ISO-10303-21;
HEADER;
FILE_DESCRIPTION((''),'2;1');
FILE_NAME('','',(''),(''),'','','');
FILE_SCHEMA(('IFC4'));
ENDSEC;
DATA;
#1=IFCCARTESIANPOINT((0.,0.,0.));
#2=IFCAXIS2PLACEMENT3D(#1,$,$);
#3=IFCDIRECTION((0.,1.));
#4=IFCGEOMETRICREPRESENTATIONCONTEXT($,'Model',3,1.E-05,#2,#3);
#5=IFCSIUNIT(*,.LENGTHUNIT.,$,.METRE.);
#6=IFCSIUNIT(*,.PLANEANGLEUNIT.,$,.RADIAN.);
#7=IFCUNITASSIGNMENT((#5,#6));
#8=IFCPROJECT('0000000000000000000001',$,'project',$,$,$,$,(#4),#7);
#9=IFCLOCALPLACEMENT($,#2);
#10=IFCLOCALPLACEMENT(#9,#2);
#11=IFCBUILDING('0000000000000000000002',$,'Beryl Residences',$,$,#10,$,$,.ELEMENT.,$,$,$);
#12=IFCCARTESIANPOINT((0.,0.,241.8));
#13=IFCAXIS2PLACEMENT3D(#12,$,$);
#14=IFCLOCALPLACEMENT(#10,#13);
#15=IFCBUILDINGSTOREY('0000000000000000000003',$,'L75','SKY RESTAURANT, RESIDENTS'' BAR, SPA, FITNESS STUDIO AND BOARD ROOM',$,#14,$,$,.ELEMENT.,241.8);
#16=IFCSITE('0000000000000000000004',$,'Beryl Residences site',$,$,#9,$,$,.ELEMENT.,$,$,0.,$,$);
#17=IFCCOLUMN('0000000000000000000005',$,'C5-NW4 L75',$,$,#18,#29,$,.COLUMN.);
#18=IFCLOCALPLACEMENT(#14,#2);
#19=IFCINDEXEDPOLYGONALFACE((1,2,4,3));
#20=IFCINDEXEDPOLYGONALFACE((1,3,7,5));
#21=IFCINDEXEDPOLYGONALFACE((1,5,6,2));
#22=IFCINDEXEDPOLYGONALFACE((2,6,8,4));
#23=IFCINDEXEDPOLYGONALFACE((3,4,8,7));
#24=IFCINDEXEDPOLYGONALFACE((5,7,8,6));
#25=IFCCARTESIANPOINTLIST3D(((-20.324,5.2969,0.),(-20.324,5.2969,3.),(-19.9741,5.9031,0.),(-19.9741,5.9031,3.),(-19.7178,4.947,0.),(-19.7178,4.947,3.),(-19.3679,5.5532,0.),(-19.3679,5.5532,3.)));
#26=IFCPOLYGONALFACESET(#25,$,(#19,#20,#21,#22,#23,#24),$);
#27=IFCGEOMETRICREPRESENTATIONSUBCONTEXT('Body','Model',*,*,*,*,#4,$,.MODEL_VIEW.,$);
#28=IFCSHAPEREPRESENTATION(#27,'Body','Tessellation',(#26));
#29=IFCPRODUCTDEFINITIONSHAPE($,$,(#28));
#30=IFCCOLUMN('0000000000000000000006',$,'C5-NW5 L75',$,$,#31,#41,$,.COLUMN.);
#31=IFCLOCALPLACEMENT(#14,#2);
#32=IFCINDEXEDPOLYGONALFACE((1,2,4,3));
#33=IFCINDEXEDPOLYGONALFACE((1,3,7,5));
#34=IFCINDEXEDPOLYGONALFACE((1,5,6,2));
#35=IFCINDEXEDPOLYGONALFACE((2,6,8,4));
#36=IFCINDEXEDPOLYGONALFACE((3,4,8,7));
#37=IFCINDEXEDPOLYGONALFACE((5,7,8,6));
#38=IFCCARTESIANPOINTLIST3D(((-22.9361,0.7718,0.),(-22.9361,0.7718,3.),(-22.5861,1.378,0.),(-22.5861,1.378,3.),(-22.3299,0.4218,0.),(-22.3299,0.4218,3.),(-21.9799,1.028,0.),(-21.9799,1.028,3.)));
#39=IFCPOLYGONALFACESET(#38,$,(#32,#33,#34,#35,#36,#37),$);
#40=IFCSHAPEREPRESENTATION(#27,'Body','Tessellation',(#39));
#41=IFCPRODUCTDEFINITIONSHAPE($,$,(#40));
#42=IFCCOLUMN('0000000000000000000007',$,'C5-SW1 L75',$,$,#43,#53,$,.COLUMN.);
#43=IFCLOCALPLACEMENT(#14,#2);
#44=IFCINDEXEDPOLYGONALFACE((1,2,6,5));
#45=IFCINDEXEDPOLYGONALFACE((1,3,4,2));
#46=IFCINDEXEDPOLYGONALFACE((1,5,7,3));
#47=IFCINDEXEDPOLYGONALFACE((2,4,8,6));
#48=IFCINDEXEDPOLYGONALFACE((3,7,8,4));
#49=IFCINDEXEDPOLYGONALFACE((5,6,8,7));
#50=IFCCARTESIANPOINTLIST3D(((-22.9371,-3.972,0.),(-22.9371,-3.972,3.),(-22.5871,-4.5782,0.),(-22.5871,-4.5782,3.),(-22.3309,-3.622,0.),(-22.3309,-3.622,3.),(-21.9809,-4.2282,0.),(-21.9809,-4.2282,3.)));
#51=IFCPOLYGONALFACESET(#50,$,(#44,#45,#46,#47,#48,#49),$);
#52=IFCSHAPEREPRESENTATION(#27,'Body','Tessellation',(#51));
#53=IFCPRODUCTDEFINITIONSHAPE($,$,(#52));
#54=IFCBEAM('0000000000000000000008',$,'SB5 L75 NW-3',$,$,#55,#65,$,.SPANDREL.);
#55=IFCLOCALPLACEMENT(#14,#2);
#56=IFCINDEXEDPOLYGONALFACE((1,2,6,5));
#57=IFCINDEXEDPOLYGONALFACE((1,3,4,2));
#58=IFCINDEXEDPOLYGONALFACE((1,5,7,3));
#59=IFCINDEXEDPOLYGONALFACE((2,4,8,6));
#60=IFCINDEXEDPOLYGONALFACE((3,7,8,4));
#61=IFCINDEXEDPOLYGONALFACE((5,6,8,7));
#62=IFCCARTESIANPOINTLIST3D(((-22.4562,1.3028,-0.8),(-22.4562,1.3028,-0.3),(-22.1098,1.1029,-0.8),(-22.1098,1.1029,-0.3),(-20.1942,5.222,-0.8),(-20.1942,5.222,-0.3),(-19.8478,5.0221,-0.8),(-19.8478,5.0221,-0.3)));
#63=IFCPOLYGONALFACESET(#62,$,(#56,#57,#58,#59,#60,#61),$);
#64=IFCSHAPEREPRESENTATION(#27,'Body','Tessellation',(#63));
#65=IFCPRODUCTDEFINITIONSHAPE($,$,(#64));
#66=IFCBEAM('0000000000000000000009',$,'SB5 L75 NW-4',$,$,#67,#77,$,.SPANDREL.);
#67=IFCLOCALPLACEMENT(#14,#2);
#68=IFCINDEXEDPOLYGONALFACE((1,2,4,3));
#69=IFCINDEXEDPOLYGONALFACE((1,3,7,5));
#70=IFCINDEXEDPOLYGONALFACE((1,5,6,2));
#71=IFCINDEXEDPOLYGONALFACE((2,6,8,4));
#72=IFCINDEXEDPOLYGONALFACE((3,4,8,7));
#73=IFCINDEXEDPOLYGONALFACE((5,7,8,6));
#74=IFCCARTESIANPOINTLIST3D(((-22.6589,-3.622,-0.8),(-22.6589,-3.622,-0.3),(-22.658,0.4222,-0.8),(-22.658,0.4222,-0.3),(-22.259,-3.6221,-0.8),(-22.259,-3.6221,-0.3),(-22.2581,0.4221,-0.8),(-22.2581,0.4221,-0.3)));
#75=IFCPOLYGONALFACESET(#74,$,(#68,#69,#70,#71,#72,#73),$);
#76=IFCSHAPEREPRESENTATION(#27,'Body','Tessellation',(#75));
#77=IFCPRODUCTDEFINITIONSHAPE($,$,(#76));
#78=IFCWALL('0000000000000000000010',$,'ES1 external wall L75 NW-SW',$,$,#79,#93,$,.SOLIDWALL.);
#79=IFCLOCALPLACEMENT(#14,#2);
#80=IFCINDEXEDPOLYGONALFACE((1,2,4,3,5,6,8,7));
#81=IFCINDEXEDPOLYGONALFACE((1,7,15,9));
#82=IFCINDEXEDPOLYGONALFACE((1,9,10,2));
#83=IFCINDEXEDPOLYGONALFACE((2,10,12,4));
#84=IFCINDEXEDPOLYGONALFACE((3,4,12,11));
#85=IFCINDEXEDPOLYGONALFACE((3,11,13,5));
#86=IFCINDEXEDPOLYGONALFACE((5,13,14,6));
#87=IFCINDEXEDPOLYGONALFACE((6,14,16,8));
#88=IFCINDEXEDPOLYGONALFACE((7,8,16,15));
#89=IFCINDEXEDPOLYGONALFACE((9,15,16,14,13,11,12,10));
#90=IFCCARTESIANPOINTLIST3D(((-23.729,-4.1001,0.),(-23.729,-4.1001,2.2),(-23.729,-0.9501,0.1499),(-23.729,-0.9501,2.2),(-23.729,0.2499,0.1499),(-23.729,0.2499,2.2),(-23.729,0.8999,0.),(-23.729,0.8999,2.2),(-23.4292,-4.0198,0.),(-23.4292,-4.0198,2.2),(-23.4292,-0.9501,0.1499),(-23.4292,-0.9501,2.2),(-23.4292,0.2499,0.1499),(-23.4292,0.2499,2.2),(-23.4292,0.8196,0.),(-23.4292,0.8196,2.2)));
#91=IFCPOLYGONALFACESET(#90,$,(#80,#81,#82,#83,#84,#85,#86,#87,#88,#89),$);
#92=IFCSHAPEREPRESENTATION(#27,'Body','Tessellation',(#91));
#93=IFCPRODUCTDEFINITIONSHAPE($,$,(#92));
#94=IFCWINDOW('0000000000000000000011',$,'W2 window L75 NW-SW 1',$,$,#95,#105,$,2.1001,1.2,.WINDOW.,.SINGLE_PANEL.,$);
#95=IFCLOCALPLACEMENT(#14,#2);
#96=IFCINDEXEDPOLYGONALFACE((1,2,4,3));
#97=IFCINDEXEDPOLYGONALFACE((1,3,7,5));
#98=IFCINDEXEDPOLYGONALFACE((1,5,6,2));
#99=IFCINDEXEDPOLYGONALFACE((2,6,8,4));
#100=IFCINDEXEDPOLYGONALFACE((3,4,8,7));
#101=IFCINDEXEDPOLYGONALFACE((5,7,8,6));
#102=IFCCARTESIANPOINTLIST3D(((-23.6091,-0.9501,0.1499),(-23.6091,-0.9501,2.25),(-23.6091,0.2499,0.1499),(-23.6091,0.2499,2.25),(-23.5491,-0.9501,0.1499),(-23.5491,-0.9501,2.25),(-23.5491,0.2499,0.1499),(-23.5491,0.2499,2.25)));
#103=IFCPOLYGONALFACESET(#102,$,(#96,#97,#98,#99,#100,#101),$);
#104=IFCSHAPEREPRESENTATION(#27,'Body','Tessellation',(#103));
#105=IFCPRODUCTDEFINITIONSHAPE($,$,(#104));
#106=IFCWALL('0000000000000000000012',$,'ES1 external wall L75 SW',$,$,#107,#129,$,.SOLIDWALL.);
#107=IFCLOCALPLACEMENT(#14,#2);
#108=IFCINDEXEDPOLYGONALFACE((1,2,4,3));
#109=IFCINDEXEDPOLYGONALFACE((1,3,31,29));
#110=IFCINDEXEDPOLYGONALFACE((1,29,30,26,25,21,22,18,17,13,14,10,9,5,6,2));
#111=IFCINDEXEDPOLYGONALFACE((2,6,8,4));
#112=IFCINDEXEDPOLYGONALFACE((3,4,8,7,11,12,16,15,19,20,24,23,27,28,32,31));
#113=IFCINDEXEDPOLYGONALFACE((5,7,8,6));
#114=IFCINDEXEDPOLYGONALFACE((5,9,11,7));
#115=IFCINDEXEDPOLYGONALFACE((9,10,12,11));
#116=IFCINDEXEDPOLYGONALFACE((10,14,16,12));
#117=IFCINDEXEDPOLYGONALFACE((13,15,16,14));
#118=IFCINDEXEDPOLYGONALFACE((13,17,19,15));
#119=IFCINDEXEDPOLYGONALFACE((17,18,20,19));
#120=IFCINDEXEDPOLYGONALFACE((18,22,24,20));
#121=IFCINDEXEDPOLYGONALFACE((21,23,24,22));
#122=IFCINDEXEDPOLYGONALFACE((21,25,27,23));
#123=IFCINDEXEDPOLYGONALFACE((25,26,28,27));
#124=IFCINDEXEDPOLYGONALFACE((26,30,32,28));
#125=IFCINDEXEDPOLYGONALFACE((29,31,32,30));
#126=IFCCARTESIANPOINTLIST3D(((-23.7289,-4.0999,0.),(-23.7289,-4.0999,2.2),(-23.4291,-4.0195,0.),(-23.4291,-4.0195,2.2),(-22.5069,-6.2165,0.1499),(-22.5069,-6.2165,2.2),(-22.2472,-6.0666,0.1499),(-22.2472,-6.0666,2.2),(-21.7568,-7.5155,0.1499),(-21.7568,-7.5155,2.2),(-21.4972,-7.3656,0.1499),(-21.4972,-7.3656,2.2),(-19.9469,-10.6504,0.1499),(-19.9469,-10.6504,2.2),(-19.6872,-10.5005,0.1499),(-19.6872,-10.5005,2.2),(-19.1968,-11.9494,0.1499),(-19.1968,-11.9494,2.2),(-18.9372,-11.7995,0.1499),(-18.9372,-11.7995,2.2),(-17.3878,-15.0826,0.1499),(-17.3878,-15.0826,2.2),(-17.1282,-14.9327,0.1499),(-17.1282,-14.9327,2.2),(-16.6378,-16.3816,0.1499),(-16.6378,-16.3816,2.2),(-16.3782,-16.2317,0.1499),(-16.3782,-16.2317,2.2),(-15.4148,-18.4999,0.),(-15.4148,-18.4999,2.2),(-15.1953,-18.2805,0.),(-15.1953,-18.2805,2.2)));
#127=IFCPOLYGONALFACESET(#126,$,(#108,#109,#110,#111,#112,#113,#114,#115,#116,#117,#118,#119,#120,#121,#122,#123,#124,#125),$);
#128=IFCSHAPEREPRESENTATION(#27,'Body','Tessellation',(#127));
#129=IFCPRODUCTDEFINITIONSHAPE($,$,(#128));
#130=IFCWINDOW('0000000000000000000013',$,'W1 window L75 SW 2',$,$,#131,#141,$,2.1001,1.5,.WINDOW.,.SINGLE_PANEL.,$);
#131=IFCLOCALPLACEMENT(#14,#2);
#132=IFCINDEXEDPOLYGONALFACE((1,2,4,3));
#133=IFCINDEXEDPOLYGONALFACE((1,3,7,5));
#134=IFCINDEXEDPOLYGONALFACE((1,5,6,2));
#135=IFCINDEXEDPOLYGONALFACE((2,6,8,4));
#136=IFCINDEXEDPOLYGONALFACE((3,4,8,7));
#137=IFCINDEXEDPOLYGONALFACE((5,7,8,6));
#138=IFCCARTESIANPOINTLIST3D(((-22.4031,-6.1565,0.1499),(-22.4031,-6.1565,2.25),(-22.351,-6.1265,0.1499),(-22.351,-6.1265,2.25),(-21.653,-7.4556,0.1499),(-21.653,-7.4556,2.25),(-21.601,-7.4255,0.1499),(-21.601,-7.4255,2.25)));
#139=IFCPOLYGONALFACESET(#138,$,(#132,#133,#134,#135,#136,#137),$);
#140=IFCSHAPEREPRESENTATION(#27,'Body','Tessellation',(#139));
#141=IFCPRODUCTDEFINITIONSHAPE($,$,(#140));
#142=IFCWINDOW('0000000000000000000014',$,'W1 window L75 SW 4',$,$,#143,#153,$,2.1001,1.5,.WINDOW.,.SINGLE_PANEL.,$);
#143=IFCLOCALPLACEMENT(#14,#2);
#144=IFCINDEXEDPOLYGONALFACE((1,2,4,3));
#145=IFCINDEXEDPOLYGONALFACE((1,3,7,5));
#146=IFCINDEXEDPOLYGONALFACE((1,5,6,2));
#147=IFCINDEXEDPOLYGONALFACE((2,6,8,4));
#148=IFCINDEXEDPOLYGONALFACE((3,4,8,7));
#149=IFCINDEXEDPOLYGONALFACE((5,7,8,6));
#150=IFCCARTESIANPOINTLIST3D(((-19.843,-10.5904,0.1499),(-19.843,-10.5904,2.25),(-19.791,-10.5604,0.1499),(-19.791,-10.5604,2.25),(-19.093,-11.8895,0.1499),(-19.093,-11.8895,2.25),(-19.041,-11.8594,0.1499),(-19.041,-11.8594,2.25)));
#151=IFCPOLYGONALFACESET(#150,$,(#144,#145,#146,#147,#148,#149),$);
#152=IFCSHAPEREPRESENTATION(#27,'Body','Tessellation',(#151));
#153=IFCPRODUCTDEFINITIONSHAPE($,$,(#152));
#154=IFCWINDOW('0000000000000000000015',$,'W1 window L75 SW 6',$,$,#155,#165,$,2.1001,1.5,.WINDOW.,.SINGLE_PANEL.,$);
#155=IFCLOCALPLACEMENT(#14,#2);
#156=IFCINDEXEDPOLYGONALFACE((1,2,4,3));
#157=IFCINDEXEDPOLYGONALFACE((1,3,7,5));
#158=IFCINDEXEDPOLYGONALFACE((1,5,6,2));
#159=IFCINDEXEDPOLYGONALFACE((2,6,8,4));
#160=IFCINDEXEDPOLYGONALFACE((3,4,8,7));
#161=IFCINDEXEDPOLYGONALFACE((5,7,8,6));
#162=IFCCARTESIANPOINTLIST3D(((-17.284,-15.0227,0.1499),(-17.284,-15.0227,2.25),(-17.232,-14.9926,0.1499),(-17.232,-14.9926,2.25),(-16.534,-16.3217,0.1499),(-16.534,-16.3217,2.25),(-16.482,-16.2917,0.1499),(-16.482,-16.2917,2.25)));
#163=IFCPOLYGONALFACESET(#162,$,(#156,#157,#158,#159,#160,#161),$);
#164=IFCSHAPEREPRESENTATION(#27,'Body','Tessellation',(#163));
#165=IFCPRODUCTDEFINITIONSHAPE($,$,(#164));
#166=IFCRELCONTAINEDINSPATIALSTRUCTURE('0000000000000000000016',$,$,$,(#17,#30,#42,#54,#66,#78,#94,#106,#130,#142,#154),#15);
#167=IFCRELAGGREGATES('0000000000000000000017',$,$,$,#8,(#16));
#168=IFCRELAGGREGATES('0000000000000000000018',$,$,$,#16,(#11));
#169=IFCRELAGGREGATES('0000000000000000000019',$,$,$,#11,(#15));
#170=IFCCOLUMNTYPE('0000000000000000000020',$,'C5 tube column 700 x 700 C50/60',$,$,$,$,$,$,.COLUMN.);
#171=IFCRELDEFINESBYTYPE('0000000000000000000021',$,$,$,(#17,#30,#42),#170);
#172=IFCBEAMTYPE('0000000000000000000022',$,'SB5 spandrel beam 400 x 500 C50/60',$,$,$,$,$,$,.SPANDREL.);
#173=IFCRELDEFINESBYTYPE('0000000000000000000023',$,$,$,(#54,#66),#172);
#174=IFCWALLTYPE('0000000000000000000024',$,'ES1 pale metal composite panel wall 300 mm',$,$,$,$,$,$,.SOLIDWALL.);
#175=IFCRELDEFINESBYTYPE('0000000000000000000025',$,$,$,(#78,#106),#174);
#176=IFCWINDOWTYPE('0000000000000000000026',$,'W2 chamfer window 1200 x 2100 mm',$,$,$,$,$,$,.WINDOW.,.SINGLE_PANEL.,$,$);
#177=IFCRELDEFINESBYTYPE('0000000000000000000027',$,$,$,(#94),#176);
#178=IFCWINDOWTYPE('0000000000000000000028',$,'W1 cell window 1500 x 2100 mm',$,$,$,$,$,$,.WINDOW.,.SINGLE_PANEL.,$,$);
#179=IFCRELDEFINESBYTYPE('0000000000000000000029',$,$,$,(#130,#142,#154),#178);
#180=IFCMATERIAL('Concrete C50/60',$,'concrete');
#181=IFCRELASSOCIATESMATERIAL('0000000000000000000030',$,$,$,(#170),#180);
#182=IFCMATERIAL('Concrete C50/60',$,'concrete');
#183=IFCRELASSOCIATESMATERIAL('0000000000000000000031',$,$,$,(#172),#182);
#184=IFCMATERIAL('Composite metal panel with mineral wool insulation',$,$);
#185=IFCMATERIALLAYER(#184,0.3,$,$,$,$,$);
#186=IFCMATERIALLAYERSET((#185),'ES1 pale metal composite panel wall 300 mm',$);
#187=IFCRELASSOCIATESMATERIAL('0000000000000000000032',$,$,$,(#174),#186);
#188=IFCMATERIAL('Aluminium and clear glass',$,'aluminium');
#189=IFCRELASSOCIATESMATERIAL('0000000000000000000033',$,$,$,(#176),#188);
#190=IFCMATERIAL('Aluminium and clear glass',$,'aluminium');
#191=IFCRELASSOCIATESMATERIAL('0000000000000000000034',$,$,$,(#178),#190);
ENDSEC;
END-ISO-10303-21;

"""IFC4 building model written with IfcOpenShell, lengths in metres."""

from ifc_helpers import new_model, si_unit, direction, frame, frame_2d, origin, origin_2d, place, context, subcontext, project, spatial, polyline, rectangle, outline, extrude, material, layer, layer_set, material_profile, profile_set, type_object, element, fill, save


model = new_model("IFC4")

# Units and contexts
model_context = context("Model", 3, precision=1e-05, world=origin(), true_north=direction((0.0, 1.0)))
body_context = subcontext(model_context, "Body", "Model", "MODEL_VIEW")
ifc_project = project(units=[si_unit("LENGTHUNIT", "METRE"), si_unit("PLANEANGLEUNIT", "RADIAN")], contexts=[model_context])

# Site, building, storey
site_placement = place(None, origin())
site = spatial("IfcSite", under=ifc_project, at=site_placement, Name="Beryl Residences site", CompositionType="ELEMENT", RefElevation=0.0)
building_placement = place(site_placement, origin())
building = spatial("IfcBuilding", under=site, at=building_placement, Name="Beryl Residences", CompositionType="ELEMENT")
storey_placement = place(building_placement, frame((0.0, 0.0, 241.8)))
storey = spatial("IfcBuildingStorey", under=building, at=storey_placement, Name="L75", Description="SKY RESTAURANT, RESIDENTS' BAR, SPA, FITNESS STUDIO AND BOARD ROOM", CompositionType="ELEMENT", Elevation=241.8)

# Columns
ifc_material_1 = material(Name="Concrete C50/60", Category="concrete")
ifc_material_profile_1 = material_profile(ifc_material_1, rectangle(XDim=0.7, YDim=0.7, at=origin_2d()))
ifc_profile_set_1 = profile_set([ifc_material_profile_1], Name="Concrete C50/60")
column_type = type_object("IfcColumnType", Name="C5 tube column 700 x 700 C50/60", PredefinedType="COLUMN", material=ifc_profile_set_1)
for number, where, z_axis, x_axis, name in (
    (1, (-19.8459, 5.425, 0.0), (0.0, 0.0, 1.0), (-0.49997, -0.866043, 0.0), "C5-NW4 L75"),
    (2, (-22.458, 0.8999, 0.0), (0.0, 0.0, 1.0), (-0.49997, -0.866043, 0.0), "C5-NW5 L75"),
    (3, (-22.459, -4.1001, 0.0), (0.0, 0.0, 1.0), (0.499985, -0.866034, 0.0), "C5-SW1 L75"),
):
    element("IfcColumn", number, at=place(storey_placement, frame(where, z_axis=z_axis, x_axis=x_axis)), inside=storey, type_object=column_type, Name=name, PredefinedType="COLUMN", context=body_context, shape_type="SweptSolid", body=[
        extrude(rectangle(XDim=0.7, YDim=0.7, at=origin_2d()), origin(), (0.0, 0.0, 1.0), 3.0),
    ])

# Beams
ifc_material_2 = material(Name="Concrete C50/60", Category="concrete")
ifc_material_profile_2 = material_profile(ifc_material_2, rectangle(XDim=0.3999, YDim=0.5, at=origin_2d()))
ifc_profile_set_2 = profile_set([ifc_material_profile_2], Name="Concrete C50/60")
beam_type = type_object("IfcBeamType", Name="SB5 spandrel beam 400 x 500 C50/60", PredefinedType="SPANDREL", material=ifc_profile_set_2)
beam_1_placement = place(storey_placement, frame((-20.021, 5.1221, -0.55), z_axis=(-0.49987, -0.8661, 0.0), x_axis=(0.8661, -0.49987, 0.0)))
element("IfcBeam", 4, at=beam_1_placement, inside=storey, type_object=beam_type, Name="SB5 L75 NW-3", PredefinedType="SPANDREL", context=body_context, shape_type="SweptSolid", body=[
    extrude(rectangle(XDim=0.3999, YDim=0.5, at=origin_2d()), origin(), (0.0, 0.0, 1.0), 4.5251),
])
beam_2_placement = place(storey_placement, frame((-22.458, 0.4221, -0.55), z_axis=(-0.000241, -1.0, 0.0), x_axis=(1.0, -0.000241, 0.0)))
element("IfcBeam", 5, at=beam_2_placement, inside=storey, type_object=beam_type, Name="SB5 L75 NW-4", PredefinedType="SPANDREL", context=body_context, shape_type="SweptSolid", body=[
    extrude(rectangle(XDim=0.3999, YDim=0.5, at=origin_2d()), origin(), (0.0, 0.0, 1.0), 4.0442),
])

# Wall, opening, window
ifc_material_3 = material(Name="Composite metal panel with mineral wool insulation")
ifc_layer_1 = layer(ifc_material_3, 0.3)
ifc_layer_set_1 = layer_set([ifc_layer_1], Name="ES1 pale metal composite panel wall 300 mm")
wall_type_1 = type_object("IfcWallType", Name="ES1 pale metal composite panel wall 300 mm", PredefinedType="SOLIDWALL", material=ifc_layer_set_1)
wall_1_placement = place(storey_placement, frame((-23.5791, 0.8999, 0.0), z_axis=(0.0, 0.0, 1.0), x_axis=(0.0, -1.0, 0.0)))
wall_1 = element("IfcWall", 6, at=wall_1_placement, inside=storey, type_object=wall_type_1, Name="ES1 external wall L75 NW-SW", PredefinedType="SOLIDWALL", context=body_context, shape_type="SweptSolid", body=[
    extrude(outline(polyline([(0.0, -0.1499), (5.0, -0.1499), (4.9197, 0.1499), (0.0803, 0.1499), (0.0, -0.1499)])), origin(), (0.0, 0.0, 1.0), 2.2),
])
opening_1_placement = place(wall_1_placement, frame((0.6499, 0.0, 0.1499)))
opening_1 = element("IfcOpeningElement", 7, at=opening_1_placement, cuts=wall_1, PredefinedType="OPENING", context=body_context, shape_type="SweptSolid", body=[
    extrude(rectangle(XDim=1.2, YDim=2.1001, at=frame_2d((0.6001, 1.05))), frame((0.0, 0.1599, 0.0), z_axis=(0.0, -1.0, 0.0), x_axis=(1.0, 0.0, 0.0)), (0.0, 0.0, 1.0), 0.3201),
])
ifc_material_4 = material(Name="Aluminium and clear glass", Category="aluminium")
window_type_1 = type_object("IfcWindowType", Name="W2 chamfer window 1200 x 2100 mm", PartitioningType="SINGLE_PANEL", PredefinedType="WINDOW", material=ifc_material_4)
window_1_placement = place(opening_1_placement, origin())
window_1 = element("IfcWindow", 8, at=window_1_placement, inside=storey, type_object=window_type_1, Name="W2 window L75 NW-SW 1", OverallHeight=2.1001, OverallWidth=1.2, PartitioningType="SINGLE_PANEL", PredefinedType="WINDOW", context=body_context, shape_type="SweptSolid", body=[
    extrude(rectangle(XDim=1.2, YDim=2.1001, at=frame_2d((0.6001, 1.05))), frame((0.0, 0.03, 0.0), z_axis=(0.0, -1.0, 0.0), x_axis=(1.0, 0.0, 0.0)), (0.0, 0.0, 1.0), 0.0601),
])
fill(opening_1, window_1)

# Wall, openings, windows
wall_2_placement = place(storey_placement, frame((-23.5991, -4.0249, 0.0), z_axis=(0.0, 0.0, 1.0), x_axis=(0.500013, -0.866018, 0.0)))
wall_2 = element("IfcWall", 9, at=wall_2_placement, inside=storey, type_object=wall_type_1, Name="ES1 external wall L75 SW", PredefinedType="SOLIDWALL", context=body_context, shape_type="SweptSolid", body=[
    extrude(outline(polyline([(0.0, -0.1499), (16.6279, -0.1499), (16.5476, 0.1499), (0.0803, 0.1499), (0.0, -0.1499)])), origin(), (0.0, 0.0, 1.0), 2.2),
])
opening_2_placement = place(wall_2_placement, frame((2.4441, 0.0, 0.1499)))
opening_2 = element("IfcOpeningElement", 10, at=opening_2_placement, cuts=wall_2, PredefinedType="OPENING", context=body_context, shape_type="SweptSolid", body=[
    extrude(rectangle(XDim=1.5, YDim=2.1001, at=frame_2d((0.75, 1.05))), frame((0.0, 0.1599, 0.0), z_axis=(0.0, -1.0, 0.0), x_axis=(1.0, 0.0, 0.0)), (0.0, 0.0, 1.0), 0.3201),
])
opening_3_placement = place(wall_2_placement, frame((7.564, 0.0, 0.1499)))
opening_3 = element("IfcOpeningElement", 11, at=opening_3_placement, cuts=wall_2, PredefinedType="OPENING", context=body_context, shape_type="SweptSolid", body=[
    extrude(rectangle(XDim=1.5, YDim=2.1001, at=frame_2d((0.75, 1.05))), frame((0.0, 0.1599, 0.0), z_axis=(0.0, -1.0, 0.0), x_axis=(1.0, 0.0, 0.0)), (0.0, 0.0, 1.0), 0.3201),
])
opening_4_placement = place(wall_2_placement, frame((12.6819, 0.0, 0.1499)))
opening_4 = element("IfcOpeningElement", 12, at=opening_4_placement, cuts=wall_2, PredefinedType="OPENING", context=body_context, shape_type="SweptSolid", body=[
    extrude(rectangle(XDim=1.5, YDim=2.1001, at=frame_2d((0.75, 1.05))), frame((0.0, 0.1599, 0.0), z_axis=(0.0, -1.0, 0.0), x_axis=(1.0, 0.0, 0.0)), (0.0, 0.0, 1.0), 0.3201),
])
ifc_material_5 = material(Name="Aluminium and clear glass", Category="aluminium")
window_type_2 = type_object("IfcWindowType", Name="W1 cell window 1500 x 2100 mm", PartitioningType="SINGLE_PANEL", PredefinedType="WINDOW", material=ifc_material_5)
window_2_placement = place(opening_2_placement, origin())
window_2 = element("IfcWindow", 13, at=window_2_placement, inside=storey, type_object=window_type_2, Name="W1 window L75 SW 2", OverallHeight=2.1001, OverallWidth=1.5, PartitioningType="SINGLE_PANEL", PredefinedType="WINDOW", context=body_context, shape_type="SweptSolid", body=[
    extrude(rectangle(XDim=1.5, YDim=2.1001, at=frame_2d((0.75, 1.05))), frame((0.0, 0.03, 0.0), z_axis=(0.0, -1.0, 0.0), x_axis=(1.0, 0.0, 0.0)), (0.0, 0.0, 1.0), 0.0601),
])
fill(opening_2, window_2)
window_3_placement = place(opening_3_placement, origin())
window_3 = element("IfcWindow", 14, at=window_3_placement, inside=storey, type_object=window_type_2, Name="W1 window L75 SW 4", OverallHeight=2.1001, OverallWidth=1.5, PartitioningType="SINGLE_PANEL", PredefinedType="WINDOW", context=body_context, shape_type="SweptSolid", body=[
    extrude(rectangle(XDim=1.5, YDim=2.1001, at=frame_2d((0.75, 1.05))), frame((0.0, 0.03, 0.0), z_axis=(0.0, -1.0, 0.0), x_axis=(1.0, 0.0, 0.0)), (0.0, 0.0, 1.0), 0.0601),
])
fill(opening_3, window_3)
window_4_placement = place(opening_4_placement, origin())
window_4 = element("IfcWindow", 15, at=window_4_placement, inside=storey, type_object=window_type_2, Name="W1 window L75 SW 6", OverallHeight=2.1001, OverallWidth=1.5, PartitioningType="SINGLE_PANEL", PredefinedType="WINDOW", context=body_context, shape_type="SweptSolid", body=[
    extrude(rectangle(XDim=1.5, YDim=2.1001, at=frame_2d((0.75, 1.05))), frame((0.0, 0.03, 0.0), z_axis=(0.0, -1.0, 0.0), x_axis=(1.0, 0.0, 0.0)), (0.0, 0.0, 1.0), 0.0601),
])
fill(opening_4, window_4)

save(model, "model.ifc")
